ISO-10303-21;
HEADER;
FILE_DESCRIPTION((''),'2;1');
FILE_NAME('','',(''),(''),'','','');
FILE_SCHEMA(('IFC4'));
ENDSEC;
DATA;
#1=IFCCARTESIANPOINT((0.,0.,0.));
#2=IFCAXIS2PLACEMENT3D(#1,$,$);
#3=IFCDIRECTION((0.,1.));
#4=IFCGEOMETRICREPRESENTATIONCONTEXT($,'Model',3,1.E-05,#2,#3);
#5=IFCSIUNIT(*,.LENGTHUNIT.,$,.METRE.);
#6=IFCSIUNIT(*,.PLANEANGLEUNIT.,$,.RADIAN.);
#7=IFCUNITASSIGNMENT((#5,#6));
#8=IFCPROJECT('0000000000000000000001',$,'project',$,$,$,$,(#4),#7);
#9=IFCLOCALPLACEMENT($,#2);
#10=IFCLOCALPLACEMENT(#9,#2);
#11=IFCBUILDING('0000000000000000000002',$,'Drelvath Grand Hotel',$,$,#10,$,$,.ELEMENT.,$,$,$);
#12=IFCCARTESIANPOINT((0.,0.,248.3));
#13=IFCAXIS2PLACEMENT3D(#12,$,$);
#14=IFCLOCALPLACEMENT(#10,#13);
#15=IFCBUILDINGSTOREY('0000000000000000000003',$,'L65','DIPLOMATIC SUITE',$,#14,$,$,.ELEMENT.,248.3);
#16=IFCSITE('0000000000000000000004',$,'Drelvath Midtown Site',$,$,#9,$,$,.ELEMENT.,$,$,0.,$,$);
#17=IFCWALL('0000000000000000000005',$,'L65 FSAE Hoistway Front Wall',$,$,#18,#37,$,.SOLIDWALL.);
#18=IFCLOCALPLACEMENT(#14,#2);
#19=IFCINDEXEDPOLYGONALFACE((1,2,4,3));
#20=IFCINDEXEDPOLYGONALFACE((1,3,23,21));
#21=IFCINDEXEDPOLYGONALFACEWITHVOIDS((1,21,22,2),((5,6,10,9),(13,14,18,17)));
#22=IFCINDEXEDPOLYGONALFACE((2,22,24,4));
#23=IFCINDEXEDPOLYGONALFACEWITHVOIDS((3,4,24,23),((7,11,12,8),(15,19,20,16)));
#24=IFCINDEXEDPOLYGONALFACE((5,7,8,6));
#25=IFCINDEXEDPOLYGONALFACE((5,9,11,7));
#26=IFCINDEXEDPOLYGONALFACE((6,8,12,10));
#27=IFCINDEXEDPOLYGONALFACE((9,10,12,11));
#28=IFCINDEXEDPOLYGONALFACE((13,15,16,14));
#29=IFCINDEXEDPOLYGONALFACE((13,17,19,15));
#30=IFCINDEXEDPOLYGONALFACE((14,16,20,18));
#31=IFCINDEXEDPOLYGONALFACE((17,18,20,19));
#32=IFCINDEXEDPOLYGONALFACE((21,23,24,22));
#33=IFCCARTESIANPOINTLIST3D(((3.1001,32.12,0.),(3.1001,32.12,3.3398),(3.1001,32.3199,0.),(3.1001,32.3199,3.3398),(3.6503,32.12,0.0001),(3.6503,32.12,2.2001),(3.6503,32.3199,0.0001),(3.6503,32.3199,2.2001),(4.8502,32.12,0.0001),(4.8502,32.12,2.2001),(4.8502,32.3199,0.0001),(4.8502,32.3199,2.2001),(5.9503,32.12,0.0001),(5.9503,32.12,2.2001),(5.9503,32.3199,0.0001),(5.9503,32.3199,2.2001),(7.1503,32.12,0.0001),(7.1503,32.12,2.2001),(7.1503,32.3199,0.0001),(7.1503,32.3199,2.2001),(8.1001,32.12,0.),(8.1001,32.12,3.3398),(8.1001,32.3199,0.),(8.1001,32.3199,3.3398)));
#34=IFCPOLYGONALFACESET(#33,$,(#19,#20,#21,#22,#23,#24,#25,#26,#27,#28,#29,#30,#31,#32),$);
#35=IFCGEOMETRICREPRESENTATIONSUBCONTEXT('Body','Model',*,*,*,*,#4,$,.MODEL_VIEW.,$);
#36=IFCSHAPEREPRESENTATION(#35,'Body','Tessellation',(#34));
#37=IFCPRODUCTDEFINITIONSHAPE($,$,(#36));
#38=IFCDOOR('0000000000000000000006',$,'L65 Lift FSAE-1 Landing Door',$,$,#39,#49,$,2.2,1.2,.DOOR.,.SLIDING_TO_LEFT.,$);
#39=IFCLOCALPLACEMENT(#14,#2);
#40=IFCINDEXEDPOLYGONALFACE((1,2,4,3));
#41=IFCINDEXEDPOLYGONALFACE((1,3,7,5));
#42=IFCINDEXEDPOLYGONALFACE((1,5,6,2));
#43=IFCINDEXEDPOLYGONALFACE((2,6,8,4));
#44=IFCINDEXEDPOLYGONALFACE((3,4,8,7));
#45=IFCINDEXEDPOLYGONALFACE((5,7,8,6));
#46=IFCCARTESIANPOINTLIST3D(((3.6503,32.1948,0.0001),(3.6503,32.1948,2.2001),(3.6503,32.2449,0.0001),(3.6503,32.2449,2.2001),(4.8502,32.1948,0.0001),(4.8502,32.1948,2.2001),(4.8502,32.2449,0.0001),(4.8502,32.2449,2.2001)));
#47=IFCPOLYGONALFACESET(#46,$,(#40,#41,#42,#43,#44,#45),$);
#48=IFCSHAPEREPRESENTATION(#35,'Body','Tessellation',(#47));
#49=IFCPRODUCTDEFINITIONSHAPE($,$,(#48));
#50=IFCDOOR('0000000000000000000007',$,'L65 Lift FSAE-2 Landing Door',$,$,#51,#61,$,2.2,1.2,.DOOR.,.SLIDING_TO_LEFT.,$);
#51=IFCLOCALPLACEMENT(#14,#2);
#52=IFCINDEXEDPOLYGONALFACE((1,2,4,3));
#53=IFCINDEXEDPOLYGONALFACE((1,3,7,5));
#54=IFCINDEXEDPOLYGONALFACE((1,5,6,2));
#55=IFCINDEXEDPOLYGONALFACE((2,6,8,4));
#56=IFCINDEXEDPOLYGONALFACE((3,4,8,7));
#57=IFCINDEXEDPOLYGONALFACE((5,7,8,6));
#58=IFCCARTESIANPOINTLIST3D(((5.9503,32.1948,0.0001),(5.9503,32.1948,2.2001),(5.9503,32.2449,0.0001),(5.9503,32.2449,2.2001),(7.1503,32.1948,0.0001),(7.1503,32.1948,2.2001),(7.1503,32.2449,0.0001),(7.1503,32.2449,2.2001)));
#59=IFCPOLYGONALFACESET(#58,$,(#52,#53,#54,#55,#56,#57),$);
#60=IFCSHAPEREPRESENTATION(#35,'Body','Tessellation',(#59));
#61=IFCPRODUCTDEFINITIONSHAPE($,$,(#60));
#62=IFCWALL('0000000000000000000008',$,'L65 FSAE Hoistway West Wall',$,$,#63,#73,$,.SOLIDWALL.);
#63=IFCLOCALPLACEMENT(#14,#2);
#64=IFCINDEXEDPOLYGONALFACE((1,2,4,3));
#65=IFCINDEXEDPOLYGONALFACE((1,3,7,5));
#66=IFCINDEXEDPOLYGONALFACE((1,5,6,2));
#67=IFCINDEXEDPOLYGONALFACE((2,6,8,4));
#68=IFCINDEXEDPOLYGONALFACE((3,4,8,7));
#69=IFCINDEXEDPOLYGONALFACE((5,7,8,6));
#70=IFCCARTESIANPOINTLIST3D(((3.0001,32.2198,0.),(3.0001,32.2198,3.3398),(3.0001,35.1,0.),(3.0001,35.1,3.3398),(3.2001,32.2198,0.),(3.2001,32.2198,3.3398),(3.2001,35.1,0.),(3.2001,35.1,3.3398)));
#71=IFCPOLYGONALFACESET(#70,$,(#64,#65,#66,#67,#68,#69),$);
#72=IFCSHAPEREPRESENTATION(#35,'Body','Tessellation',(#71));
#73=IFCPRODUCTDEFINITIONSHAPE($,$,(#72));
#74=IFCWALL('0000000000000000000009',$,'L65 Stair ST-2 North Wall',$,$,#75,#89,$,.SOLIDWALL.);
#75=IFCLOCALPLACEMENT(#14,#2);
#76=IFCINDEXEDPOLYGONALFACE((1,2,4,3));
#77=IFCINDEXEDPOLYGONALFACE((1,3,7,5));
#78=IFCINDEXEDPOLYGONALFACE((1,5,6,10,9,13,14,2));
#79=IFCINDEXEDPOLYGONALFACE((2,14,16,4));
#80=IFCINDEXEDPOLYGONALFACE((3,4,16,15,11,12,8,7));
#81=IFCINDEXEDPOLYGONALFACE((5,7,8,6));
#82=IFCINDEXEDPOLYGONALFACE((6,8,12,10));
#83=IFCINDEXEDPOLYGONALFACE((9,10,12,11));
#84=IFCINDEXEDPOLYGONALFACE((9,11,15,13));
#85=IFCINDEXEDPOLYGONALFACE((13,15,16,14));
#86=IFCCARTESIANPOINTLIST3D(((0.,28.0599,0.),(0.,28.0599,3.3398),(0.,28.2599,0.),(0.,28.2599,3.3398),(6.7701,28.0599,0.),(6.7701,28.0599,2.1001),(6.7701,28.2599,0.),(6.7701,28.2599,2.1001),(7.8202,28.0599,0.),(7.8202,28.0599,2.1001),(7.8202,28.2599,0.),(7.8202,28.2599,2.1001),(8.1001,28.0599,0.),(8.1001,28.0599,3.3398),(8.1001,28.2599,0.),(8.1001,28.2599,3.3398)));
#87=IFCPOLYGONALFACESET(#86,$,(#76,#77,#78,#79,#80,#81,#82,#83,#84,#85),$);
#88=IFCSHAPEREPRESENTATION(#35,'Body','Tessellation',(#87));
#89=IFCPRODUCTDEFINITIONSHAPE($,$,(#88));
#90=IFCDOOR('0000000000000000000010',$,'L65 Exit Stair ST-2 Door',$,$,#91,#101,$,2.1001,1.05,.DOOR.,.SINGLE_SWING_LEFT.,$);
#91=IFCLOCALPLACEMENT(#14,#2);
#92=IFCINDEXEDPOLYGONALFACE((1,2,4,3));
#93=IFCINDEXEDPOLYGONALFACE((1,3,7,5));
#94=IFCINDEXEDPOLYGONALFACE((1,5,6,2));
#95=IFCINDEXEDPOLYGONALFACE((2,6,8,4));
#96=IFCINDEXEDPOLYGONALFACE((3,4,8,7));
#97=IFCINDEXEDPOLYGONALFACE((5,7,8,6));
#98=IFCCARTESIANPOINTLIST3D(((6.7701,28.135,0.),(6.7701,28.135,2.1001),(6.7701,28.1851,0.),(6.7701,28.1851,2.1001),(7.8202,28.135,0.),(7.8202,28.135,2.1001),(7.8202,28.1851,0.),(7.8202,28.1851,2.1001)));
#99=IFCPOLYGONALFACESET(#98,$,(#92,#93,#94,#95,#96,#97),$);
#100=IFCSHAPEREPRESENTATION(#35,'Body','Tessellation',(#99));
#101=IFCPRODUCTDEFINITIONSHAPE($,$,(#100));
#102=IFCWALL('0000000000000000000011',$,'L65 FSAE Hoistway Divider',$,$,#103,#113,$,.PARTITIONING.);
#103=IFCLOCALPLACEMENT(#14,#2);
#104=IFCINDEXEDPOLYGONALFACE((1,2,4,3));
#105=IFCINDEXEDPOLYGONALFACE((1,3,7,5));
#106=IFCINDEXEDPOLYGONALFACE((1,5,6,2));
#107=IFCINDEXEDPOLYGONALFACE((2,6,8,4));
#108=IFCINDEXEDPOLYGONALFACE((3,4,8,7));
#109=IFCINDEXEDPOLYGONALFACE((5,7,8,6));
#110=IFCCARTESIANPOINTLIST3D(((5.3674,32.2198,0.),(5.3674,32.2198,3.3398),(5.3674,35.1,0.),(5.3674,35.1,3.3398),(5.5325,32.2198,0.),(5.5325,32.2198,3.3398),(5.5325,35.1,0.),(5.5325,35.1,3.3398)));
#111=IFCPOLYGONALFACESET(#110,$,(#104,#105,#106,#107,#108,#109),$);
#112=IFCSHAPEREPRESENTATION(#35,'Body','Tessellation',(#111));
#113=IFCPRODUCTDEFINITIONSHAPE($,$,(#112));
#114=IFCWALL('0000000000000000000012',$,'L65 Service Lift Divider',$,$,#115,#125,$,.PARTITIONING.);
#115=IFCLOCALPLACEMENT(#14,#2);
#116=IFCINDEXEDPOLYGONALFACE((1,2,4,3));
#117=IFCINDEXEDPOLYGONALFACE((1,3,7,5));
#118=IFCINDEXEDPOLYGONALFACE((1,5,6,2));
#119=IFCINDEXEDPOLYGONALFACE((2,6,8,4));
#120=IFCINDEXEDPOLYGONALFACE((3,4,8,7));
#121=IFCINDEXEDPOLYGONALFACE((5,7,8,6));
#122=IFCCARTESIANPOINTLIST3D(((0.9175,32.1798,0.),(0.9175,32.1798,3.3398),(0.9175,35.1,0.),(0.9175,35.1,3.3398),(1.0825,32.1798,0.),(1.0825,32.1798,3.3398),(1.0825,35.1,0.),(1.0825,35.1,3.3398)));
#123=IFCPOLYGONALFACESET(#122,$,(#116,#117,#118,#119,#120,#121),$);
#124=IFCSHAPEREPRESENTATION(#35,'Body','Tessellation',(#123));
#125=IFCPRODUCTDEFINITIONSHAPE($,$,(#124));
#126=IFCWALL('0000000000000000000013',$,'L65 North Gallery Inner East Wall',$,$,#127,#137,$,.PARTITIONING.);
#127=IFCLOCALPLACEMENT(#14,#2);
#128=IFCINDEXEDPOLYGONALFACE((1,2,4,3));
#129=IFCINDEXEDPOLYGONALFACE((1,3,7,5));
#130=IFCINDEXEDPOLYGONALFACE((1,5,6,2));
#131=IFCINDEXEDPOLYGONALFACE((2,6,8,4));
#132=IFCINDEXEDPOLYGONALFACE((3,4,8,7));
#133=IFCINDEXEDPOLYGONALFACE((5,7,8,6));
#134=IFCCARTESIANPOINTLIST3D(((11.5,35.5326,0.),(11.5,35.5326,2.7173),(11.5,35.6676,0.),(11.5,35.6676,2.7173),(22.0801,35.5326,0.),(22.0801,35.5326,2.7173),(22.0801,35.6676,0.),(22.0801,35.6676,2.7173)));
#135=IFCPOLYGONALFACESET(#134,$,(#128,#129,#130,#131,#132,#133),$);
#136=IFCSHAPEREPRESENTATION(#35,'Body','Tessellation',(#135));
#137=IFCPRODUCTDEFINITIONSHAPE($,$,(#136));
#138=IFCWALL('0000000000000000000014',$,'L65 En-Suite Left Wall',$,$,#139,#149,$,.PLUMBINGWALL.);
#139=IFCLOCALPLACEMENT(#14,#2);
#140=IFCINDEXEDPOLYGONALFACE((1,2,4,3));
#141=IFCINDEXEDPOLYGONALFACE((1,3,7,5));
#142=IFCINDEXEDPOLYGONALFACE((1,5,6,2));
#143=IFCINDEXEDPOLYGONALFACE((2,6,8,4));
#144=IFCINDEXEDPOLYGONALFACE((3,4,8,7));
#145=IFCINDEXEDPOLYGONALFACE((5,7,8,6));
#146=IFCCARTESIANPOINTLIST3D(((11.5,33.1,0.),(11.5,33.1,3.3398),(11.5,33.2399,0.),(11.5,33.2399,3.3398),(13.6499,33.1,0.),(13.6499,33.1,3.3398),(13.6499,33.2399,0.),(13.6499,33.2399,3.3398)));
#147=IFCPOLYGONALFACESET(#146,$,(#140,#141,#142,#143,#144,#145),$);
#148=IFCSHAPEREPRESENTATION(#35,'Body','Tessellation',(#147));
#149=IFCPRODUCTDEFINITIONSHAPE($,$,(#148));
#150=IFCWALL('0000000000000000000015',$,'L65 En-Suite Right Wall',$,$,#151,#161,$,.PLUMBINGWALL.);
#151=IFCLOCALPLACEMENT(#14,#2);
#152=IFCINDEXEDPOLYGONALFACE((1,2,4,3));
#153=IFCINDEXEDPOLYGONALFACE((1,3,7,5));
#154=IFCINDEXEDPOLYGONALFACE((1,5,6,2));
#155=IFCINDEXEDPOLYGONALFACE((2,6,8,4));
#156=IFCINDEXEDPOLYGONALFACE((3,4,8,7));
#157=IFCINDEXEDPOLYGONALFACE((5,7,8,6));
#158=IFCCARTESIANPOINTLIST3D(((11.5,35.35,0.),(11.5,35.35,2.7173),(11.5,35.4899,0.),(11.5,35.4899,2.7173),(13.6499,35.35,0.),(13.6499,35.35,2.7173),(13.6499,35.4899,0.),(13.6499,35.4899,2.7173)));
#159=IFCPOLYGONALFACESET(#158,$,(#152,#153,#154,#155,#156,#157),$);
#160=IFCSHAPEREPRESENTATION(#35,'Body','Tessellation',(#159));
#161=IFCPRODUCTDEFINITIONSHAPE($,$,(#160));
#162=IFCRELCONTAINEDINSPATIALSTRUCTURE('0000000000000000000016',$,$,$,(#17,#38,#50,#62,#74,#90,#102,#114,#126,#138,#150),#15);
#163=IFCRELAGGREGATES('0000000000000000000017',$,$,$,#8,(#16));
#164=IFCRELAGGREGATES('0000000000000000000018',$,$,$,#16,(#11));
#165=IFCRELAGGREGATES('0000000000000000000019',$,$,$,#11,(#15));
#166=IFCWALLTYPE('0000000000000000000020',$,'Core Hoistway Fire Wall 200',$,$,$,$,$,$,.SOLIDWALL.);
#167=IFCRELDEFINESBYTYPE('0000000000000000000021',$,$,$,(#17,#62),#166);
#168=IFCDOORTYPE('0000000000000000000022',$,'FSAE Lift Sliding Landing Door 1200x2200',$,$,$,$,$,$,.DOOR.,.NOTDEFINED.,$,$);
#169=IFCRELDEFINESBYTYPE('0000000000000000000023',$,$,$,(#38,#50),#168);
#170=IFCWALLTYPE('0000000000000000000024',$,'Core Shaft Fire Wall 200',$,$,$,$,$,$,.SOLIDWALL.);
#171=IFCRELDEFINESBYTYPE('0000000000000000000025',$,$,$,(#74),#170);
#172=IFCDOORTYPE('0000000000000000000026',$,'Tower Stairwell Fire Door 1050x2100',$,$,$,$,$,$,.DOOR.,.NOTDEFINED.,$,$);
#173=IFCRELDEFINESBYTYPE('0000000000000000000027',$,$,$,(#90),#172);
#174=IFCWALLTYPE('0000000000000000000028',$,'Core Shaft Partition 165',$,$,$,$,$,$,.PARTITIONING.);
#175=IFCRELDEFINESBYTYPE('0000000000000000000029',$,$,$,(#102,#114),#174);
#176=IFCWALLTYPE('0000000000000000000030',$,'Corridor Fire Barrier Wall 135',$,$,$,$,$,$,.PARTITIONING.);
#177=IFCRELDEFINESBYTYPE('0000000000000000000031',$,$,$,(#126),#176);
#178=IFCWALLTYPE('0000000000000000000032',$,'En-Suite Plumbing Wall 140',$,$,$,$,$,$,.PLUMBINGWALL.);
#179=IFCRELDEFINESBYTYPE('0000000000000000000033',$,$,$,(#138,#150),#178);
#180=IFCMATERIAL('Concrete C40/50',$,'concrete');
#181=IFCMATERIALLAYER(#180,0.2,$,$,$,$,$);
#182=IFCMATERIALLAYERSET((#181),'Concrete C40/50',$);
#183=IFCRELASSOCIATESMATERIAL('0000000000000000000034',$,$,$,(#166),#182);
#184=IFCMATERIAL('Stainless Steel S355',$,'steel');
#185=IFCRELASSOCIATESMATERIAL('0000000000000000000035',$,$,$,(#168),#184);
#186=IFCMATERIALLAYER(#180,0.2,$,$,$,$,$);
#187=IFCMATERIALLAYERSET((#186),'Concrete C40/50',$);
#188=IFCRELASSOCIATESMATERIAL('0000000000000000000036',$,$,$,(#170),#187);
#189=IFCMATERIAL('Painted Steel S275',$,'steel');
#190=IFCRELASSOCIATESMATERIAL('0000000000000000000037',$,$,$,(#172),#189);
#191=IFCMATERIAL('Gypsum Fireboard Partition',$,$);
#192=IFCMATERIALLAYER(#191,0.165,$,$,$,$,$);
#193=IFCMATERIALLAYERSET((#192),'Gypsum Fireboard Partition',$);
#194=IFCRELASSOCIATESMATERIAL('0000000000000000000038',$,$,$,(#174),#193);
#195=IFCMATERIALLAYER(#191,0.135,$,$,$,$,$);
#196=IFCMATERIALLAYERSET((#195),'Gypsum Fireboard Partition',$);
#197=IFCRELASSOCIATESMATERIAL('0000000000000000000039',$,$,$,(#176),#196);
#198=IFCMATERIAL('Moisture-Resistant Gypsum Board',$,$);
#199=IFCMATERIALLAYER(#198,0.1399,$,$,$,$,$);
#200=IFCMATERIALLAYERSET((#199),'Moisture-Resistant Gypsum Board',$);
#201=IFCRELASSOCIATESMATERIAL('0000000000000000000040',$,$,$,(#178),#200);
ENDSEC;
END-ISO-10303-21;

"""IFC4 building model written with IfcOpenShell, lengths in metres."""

from ifc_helpers import new_model, si_unit, direction, frame, frame_2d, origin, place, context, subcontext, project, spatial, rectangle, extrude, material, layer, layer_set, type_object, element, fill, save


model = new_model("IFC4")

# Units and contexts
model_context = context("Model", 3, precision=1e-05, world=origin(), true_north=direction((0.0, 1.0)))
body_context = subcontext(model_context, "Body", "Model", "MODEL_VIEW")
ifc_project = project(units=[si_unit("LENGTHUNIT", "METRE"), si_unit("PLANEANGLEUNIT", "RADIAN")], contexts=[model_context])

# Site, building, storey
site_placement = place(None, origin())
site = spatial("IfcSite", under=ifc_project, at=site_placement, Name="Drelvath Midtown Site", CompositionType="ELEMENT", RefElevation=0.0)
building_placement = place(site_placement, origin())
building = spatial("IfcBuilding", under=site, at=building_placement, Name="Drelvath Grand Hotel", CompositionType="ELEMENT")
storey_placement = place(building_placement, frame((0.0, 0.0, 248.3)))
storey = spatial("IfcBuildingStorey", under=building, at=storey_placement, Name="L65", Description="DIPLOMATIC SUITE", CompositionType="ELEMENT", Elevation=248.3)

# Wall, openings, doors
ifc_material_1 = material(Name="Concrete C40/50", Category="concrete")
ifc_layer_1 = layer(ifc_material_1, 0.2)
ifc_layer_set_1 = layer_set([ifc_layer_1], Name="Concrete C40/50")
wall_type_1 = type_object("IfcWallType", Name="Core Hoistway Fire Wall 200", PredefinedType="SOLIDWALL", material=ifc_layer_set_1)
wall_1_placement = place(storey_placement, frame((3.1001, 32.22, 0.0), z_axis=(0.0, 0.0, 1.0), x_axis=(1.0, 0.0, 0.0)))
wall_1 = element("IfcWall", 1, at=wall_1_placement, inside=storey, type_object=wall_type_1, Name="L65 FSAE Hoistway Front Wall", PredefinedType="SOLIDWALL", context=body_context, shape_type="SweptSolid", body=[
    extrude(rectangle(XDim=5.0, YDim=0.2, at=frame_2d((2.5, 0.0))), origin(), (0.0, 0.0, 1.0), 3.3398),
])
opening_1_placement = place(wall_1_placement, frame((0.55, 0.0, 0.0)))
opening_1 = element("IfcOpeningElement", 2, at=opening_1_placement, cuts=wall_1, PredefinedType="OPENING", context=body_context, shape_type="SweptSolid", body=[
    extrude(rectangle(XDim=1.2, YDim=2.2, at=frame_2d((0.6001, 1.1001))), frame((0.0, 0.1099, 0.0), z_axis=(0.0, -1.0, 0.0), x_axis=(1.0, 0.0, 0.0)), (0.0, 0.0, 1.0), 0.22),
])
opening_2_placement = place(wall_1_placement, frame((2.8501, 0.0, 0.0)))
opening_2 = element("IfcOpeningElement", 3, at=opening_2_placement, cuts=wall_1, PredefinedType="OPENING", context=body_context, shape_type="SweptSolid", body=[
    extrude(rectangle(XDim=1.2, YDim=2.2, at=frame_2d((0.6001, 1.1001))), frame((0.0, 0.1099, 0.0), z_axis=(0.0, -1.0, 0.0), x_axis=(1.0, 0.0, 0.0)), (0.0, 0.0, 1.0), 0.22),
])
ifc_material_2 = material(Name="Stainless Steel S355", Category="steel")
door_type_1 = type_object("IfcDoorType", Name="FSAE Lift Sliding Landing Door 1200x2200", OperationType="NOTDEFINED", PredefinedType="DOOR", material=ifc_material_2)
door_1_placement = place(opening_1_placement, origin())
door_1 = element("IfcDoor", 4, at=door_1_placement, inside=storey, type_object=door_type_1, Name="L65 Lift FSAE-1 Landing Door", OperationType="SLIDING_TO_LEFT", OverallHeight=2.2, OverallWidth=1.2, PredefinedType="DOOR", context=body_context, shape_type="SweptSolid", body=[
    extrude(rectangle(XDim=1.2, YDim=2.2, at=frame_2d((0.6001, 1.1001))), frame((0.0, 0.0249, 0.0), z_axis=(0.0, -1.0, 0.0), x_axis=(1.0, 0.0, 0.0)), (0.0, 0.0, 1.0), 0.05),
])
fill(opening_1, door_1)
door_2_placement = place(opening_2_placement, origin())
door_2 = element("IfcDoor", 5, at=door_2_placement, inside=storey, type_object=door_type_1, Name="L65 Lift FSAE-2 Landing Door", OperationType="SLIDING_TO_LEFT", OverallHeight=2.2, OverallWidth=1.2, PredefinedType="DOOR", context=body_context, shape_type="SweptSolid", body=[
    extrude(rectangle(XDim=1.2, YDim=2.2, at=frame_2d((0.6001, 1.1001))), frame((0.0, 0.0249, 0.0), z_axis=(0.0, -1.0, 0.0), x_axis=(1.0, 0.0, 0.0)), (0.0, 0.0, 1.0), 0.05),
])
fill(opening_2, door_2)

# Wall
wall_2_placement = place(storey_placement, frame((3.1001, 32.22, 0.0), z_axis=(0.0, 0.0, 1.0), x_axis=(0.0, 1.0, 0.0)))
element("IfcWall", 6, at=wall_2_placement, inside=storey, type_object=wall_type_1, Name="L65 FSAE Hoistway West Wall", PredefinedType="SOLIDWALL", context=body_context, shape_type="SweptSolid", body=[
    extrude(rectangle(XDim=2.8801, YDim=0.2, at=frame_2d((1.4399, 0.0))), origin(), (0.0, 0.0, 1.0), 3.3398),
])

# Wall, opening, door
ifc_layer_2 = layer(ifc_material_1, 0.2)
ifc_layer_set_2 = layer_set([ifc_layer_2], Name="Concrete C40/50")
wall_type_2 = type_object("IfcWallType", Name="Core Shaft Fire Wall 200", PredefinedType="SOLIDWALL", material=ifc_layer_set_2)
wall_3_placement = place(storey_placement, frame((8.1001, 28.1599, 0.0), z_axis=(0.0, 0.0, 1.0), x_axis=(-1.0, 0.0, 0.0)))
wall_3 = element("IfcWall", 7, at=wall_3_placement, inside=storey, type_object=wall_type_2, Name="L65 Stair ST-2 North Wall", PredefinedType="SOLIDWALL", context=body_context, shape_type="SweptSolid", body=[
    extrude(rectangle(XDim=8.1001, YDim=0.2, at=frame_2d((4.05, 0.0))), origin(), (0.0, 0.0, 1.0), 3.3398),
])
opening_3_placement = place(wall_3_placement, frame((0.28, 0.0, 0.0)))
opening_3 = element("IfcOpeningElement", 8, at=opening_3_placement, cuts=wall_3, PredefinedType="OPENING", context=body_context, shape_type="SweptSolid", body=[
    extrude(rectangle(XDim=1.05, YDim=2.1001, at=frame_2d((0.5249, 1.05))), frame((0.0, 0.1099, 0.0), z_axis=(0.0, -1.0, 0.0), x_axis=(1.0, 0.0, 0.0)), (0.0, 0.0, 1.0), 0.22),
])
ifc_material_3 = material(Name="Painted Steel S275", Category="steel")
door_type_2 = type_object("IfcDoorType", Name="Tower Stairwell Fire Door 1050x2100", OperationType="NOTDEFINED", PredefinedType="DOOR", material=ifc_material_3)
door_3_placement = place(opening_3_placement, origin())
door_3 = element("IfcDoor", 9, at=door_3_placement, inside=storey, type_object=door_type_2, Name="L65 Exit Stair ST-2 Door", OperationType="SINGLE_SWING_LEFT", OverallHeight=2.1001, OverallWidth=1.05, PredefinedType="DOOR", context=body_context, shape_type="SweptSolid", body=[
    extrude(rectangle(XDim=1.05, YDim=2.1001, at=frame_2d((0.5249, 1.05))), frame((0.0, 0.0249, 0.0), z_axis=(0.0, -1.0, 0.0), x_axis=(1.0, 0.0, 0.0)), (0.0, 0.0, 1.0), 0.05),
])
fill(opening_3, door_3)

# Walls
ifc_material_4 = material(Name="Gypsum Fireboard Partition")
ifc_layer_3 = layer(ifc_material_4, 0.165)
ifc_layer_set_3 = layer_set([ifc_layer_3], Name="Gypsum Fireboard Partition")
wall_type_3 = type_object("IfcWallType", Name="Core Shaft Partition 165", PredefinedType="PARTITIONING", material=ifc_layer_set_3)
wall_4_placement = place(storey_placement, frame((5.45, 32.22, 0.0), z_axis=(0.0, 0.0, 1.0), x_axis=(0.0, 1.0, 0.0)))
element("IfcWall", 10, at=wall_4_placement, inside=storey, type_object=wall_type_3, Name="L65 FSAE Hoistway Divider", PredefinedType="PARTITIONING", context=body_context, shape_type="SweptSolid", body=[
    extrude(rectangle(XDim=2.8801, YDim=0.165, at=frame_2d((1.4399, 0.0))), origin(), (0.0, 0.0, 1.0), 3.3398),
])
wall_5_placement = place(storey_placement, frame((1.0, 32.1799, 0.0), z_axis=(0.0, 0.0, 1.0), x_axis=(0.0, 1.0, 0.0)))
element("IfcWall", 11, at=wall_5_placement, inside=storey, type_object=wall_type_3, Name="L65 Service Lift Divider", PredefinedType="PARTITIONING", context=body_context, shape_type="SweptSolid", body=[
    extrude(rectangle(XDim=2.9202, YDim=0.165, at=frame_2d((1.46, 0.0))), origin(), (0.0, 0.0, 1.0), 3.3398),
])
ifc_layer_4 = layer(ifc_material_4, 0.135)
ifc_layer_set_4 = layer_set([ifc_layer_4], Name="Gypsum Fireboard Partition")
wall_type_4 = type_object("IfcWallType", Name="Corridor Fire Barrier Wall 135", PredefinedType="PARTITIONING", material=ifc_layer_set_4)
wall_6_placement = place(storey_placement, frame((11.5, 35.6001, 0.0), z_axis=(0.0, 0.0, 1.0), x_axis=(1.0, 0.0, 0.0)))
element("IfcWall", 12, at=wall_6_placement, inside=storey, type_object=wall_type_4, Name="L65 North Gallery Inner East Wall", PredefinedType="PARTITIONING", context=body_context, shape_type="SweptSolid", body=[
    extrude(rectangle(XDim=10.5801, YDim=0.135, at=frame_2d((5.29, 0.0))), origin(), (0.0, 0.0, 1.0), 2.7173),
])
ifc_material_5 = material(Name="Moisture-Resistant Gypsum Board")
ifc_layer_5 = layer(ifc_material_5, 0.1399)
ifc_layer_set_5 = layer_set([ifc_layer_5], Name="Moisture-Resistant Gypsum Board")
wall_type_5 = type_object("IfcWallType", Name="En-Suite Plumbing Wall 140", PredefinedType="PLUMBINGWALL", material=ifc_layer_set_5)
wall_7_placement = place(storey_placement, frame((11.5, 33.1699, 0.0), z_axis=(0.0, 0.0, 1.0), x_axis=(1.0, 0.0, 0.0)))
element("IfcWall", 13, at=wall_7_placement, inside=storey, type_object=wall_type_5, Name="L65 En-Suite Left Wall", PredefinedType="PLUMBINGWALL", context=body_context, shape_type="SweptSolid", body=[
    extrude(rectangle(XDim=2.1499, YDim=0.1399, at=frame_2d((1.075, 0.0))), origin(), (0.0, 0.0, 1.0), 3.3398),
])
wall_8_placement = place(storey_placement, frame((11.5, 35.4199, 0.0), z_axis=(0.0, 0.0, 1.0), x_axis=(1.0, 0.0, 0.0)))
element("IfcWall", 14, at=wall_8_placement, inside=storey, type_object=wall_type_5, Name="L65 En-Suite Right Wall", PredefinedType="PLUMBINGWALL", context=body_context, shape_type="SweptSolid", body=[
    extrude(rectangle(XDim=2.1499, YDim=0.1399, at=frame_2d((1.075, 0.0))), origin(), (0.0, 0.0, 1.0), 2.7173),
])

save(model, "model.ifc")
